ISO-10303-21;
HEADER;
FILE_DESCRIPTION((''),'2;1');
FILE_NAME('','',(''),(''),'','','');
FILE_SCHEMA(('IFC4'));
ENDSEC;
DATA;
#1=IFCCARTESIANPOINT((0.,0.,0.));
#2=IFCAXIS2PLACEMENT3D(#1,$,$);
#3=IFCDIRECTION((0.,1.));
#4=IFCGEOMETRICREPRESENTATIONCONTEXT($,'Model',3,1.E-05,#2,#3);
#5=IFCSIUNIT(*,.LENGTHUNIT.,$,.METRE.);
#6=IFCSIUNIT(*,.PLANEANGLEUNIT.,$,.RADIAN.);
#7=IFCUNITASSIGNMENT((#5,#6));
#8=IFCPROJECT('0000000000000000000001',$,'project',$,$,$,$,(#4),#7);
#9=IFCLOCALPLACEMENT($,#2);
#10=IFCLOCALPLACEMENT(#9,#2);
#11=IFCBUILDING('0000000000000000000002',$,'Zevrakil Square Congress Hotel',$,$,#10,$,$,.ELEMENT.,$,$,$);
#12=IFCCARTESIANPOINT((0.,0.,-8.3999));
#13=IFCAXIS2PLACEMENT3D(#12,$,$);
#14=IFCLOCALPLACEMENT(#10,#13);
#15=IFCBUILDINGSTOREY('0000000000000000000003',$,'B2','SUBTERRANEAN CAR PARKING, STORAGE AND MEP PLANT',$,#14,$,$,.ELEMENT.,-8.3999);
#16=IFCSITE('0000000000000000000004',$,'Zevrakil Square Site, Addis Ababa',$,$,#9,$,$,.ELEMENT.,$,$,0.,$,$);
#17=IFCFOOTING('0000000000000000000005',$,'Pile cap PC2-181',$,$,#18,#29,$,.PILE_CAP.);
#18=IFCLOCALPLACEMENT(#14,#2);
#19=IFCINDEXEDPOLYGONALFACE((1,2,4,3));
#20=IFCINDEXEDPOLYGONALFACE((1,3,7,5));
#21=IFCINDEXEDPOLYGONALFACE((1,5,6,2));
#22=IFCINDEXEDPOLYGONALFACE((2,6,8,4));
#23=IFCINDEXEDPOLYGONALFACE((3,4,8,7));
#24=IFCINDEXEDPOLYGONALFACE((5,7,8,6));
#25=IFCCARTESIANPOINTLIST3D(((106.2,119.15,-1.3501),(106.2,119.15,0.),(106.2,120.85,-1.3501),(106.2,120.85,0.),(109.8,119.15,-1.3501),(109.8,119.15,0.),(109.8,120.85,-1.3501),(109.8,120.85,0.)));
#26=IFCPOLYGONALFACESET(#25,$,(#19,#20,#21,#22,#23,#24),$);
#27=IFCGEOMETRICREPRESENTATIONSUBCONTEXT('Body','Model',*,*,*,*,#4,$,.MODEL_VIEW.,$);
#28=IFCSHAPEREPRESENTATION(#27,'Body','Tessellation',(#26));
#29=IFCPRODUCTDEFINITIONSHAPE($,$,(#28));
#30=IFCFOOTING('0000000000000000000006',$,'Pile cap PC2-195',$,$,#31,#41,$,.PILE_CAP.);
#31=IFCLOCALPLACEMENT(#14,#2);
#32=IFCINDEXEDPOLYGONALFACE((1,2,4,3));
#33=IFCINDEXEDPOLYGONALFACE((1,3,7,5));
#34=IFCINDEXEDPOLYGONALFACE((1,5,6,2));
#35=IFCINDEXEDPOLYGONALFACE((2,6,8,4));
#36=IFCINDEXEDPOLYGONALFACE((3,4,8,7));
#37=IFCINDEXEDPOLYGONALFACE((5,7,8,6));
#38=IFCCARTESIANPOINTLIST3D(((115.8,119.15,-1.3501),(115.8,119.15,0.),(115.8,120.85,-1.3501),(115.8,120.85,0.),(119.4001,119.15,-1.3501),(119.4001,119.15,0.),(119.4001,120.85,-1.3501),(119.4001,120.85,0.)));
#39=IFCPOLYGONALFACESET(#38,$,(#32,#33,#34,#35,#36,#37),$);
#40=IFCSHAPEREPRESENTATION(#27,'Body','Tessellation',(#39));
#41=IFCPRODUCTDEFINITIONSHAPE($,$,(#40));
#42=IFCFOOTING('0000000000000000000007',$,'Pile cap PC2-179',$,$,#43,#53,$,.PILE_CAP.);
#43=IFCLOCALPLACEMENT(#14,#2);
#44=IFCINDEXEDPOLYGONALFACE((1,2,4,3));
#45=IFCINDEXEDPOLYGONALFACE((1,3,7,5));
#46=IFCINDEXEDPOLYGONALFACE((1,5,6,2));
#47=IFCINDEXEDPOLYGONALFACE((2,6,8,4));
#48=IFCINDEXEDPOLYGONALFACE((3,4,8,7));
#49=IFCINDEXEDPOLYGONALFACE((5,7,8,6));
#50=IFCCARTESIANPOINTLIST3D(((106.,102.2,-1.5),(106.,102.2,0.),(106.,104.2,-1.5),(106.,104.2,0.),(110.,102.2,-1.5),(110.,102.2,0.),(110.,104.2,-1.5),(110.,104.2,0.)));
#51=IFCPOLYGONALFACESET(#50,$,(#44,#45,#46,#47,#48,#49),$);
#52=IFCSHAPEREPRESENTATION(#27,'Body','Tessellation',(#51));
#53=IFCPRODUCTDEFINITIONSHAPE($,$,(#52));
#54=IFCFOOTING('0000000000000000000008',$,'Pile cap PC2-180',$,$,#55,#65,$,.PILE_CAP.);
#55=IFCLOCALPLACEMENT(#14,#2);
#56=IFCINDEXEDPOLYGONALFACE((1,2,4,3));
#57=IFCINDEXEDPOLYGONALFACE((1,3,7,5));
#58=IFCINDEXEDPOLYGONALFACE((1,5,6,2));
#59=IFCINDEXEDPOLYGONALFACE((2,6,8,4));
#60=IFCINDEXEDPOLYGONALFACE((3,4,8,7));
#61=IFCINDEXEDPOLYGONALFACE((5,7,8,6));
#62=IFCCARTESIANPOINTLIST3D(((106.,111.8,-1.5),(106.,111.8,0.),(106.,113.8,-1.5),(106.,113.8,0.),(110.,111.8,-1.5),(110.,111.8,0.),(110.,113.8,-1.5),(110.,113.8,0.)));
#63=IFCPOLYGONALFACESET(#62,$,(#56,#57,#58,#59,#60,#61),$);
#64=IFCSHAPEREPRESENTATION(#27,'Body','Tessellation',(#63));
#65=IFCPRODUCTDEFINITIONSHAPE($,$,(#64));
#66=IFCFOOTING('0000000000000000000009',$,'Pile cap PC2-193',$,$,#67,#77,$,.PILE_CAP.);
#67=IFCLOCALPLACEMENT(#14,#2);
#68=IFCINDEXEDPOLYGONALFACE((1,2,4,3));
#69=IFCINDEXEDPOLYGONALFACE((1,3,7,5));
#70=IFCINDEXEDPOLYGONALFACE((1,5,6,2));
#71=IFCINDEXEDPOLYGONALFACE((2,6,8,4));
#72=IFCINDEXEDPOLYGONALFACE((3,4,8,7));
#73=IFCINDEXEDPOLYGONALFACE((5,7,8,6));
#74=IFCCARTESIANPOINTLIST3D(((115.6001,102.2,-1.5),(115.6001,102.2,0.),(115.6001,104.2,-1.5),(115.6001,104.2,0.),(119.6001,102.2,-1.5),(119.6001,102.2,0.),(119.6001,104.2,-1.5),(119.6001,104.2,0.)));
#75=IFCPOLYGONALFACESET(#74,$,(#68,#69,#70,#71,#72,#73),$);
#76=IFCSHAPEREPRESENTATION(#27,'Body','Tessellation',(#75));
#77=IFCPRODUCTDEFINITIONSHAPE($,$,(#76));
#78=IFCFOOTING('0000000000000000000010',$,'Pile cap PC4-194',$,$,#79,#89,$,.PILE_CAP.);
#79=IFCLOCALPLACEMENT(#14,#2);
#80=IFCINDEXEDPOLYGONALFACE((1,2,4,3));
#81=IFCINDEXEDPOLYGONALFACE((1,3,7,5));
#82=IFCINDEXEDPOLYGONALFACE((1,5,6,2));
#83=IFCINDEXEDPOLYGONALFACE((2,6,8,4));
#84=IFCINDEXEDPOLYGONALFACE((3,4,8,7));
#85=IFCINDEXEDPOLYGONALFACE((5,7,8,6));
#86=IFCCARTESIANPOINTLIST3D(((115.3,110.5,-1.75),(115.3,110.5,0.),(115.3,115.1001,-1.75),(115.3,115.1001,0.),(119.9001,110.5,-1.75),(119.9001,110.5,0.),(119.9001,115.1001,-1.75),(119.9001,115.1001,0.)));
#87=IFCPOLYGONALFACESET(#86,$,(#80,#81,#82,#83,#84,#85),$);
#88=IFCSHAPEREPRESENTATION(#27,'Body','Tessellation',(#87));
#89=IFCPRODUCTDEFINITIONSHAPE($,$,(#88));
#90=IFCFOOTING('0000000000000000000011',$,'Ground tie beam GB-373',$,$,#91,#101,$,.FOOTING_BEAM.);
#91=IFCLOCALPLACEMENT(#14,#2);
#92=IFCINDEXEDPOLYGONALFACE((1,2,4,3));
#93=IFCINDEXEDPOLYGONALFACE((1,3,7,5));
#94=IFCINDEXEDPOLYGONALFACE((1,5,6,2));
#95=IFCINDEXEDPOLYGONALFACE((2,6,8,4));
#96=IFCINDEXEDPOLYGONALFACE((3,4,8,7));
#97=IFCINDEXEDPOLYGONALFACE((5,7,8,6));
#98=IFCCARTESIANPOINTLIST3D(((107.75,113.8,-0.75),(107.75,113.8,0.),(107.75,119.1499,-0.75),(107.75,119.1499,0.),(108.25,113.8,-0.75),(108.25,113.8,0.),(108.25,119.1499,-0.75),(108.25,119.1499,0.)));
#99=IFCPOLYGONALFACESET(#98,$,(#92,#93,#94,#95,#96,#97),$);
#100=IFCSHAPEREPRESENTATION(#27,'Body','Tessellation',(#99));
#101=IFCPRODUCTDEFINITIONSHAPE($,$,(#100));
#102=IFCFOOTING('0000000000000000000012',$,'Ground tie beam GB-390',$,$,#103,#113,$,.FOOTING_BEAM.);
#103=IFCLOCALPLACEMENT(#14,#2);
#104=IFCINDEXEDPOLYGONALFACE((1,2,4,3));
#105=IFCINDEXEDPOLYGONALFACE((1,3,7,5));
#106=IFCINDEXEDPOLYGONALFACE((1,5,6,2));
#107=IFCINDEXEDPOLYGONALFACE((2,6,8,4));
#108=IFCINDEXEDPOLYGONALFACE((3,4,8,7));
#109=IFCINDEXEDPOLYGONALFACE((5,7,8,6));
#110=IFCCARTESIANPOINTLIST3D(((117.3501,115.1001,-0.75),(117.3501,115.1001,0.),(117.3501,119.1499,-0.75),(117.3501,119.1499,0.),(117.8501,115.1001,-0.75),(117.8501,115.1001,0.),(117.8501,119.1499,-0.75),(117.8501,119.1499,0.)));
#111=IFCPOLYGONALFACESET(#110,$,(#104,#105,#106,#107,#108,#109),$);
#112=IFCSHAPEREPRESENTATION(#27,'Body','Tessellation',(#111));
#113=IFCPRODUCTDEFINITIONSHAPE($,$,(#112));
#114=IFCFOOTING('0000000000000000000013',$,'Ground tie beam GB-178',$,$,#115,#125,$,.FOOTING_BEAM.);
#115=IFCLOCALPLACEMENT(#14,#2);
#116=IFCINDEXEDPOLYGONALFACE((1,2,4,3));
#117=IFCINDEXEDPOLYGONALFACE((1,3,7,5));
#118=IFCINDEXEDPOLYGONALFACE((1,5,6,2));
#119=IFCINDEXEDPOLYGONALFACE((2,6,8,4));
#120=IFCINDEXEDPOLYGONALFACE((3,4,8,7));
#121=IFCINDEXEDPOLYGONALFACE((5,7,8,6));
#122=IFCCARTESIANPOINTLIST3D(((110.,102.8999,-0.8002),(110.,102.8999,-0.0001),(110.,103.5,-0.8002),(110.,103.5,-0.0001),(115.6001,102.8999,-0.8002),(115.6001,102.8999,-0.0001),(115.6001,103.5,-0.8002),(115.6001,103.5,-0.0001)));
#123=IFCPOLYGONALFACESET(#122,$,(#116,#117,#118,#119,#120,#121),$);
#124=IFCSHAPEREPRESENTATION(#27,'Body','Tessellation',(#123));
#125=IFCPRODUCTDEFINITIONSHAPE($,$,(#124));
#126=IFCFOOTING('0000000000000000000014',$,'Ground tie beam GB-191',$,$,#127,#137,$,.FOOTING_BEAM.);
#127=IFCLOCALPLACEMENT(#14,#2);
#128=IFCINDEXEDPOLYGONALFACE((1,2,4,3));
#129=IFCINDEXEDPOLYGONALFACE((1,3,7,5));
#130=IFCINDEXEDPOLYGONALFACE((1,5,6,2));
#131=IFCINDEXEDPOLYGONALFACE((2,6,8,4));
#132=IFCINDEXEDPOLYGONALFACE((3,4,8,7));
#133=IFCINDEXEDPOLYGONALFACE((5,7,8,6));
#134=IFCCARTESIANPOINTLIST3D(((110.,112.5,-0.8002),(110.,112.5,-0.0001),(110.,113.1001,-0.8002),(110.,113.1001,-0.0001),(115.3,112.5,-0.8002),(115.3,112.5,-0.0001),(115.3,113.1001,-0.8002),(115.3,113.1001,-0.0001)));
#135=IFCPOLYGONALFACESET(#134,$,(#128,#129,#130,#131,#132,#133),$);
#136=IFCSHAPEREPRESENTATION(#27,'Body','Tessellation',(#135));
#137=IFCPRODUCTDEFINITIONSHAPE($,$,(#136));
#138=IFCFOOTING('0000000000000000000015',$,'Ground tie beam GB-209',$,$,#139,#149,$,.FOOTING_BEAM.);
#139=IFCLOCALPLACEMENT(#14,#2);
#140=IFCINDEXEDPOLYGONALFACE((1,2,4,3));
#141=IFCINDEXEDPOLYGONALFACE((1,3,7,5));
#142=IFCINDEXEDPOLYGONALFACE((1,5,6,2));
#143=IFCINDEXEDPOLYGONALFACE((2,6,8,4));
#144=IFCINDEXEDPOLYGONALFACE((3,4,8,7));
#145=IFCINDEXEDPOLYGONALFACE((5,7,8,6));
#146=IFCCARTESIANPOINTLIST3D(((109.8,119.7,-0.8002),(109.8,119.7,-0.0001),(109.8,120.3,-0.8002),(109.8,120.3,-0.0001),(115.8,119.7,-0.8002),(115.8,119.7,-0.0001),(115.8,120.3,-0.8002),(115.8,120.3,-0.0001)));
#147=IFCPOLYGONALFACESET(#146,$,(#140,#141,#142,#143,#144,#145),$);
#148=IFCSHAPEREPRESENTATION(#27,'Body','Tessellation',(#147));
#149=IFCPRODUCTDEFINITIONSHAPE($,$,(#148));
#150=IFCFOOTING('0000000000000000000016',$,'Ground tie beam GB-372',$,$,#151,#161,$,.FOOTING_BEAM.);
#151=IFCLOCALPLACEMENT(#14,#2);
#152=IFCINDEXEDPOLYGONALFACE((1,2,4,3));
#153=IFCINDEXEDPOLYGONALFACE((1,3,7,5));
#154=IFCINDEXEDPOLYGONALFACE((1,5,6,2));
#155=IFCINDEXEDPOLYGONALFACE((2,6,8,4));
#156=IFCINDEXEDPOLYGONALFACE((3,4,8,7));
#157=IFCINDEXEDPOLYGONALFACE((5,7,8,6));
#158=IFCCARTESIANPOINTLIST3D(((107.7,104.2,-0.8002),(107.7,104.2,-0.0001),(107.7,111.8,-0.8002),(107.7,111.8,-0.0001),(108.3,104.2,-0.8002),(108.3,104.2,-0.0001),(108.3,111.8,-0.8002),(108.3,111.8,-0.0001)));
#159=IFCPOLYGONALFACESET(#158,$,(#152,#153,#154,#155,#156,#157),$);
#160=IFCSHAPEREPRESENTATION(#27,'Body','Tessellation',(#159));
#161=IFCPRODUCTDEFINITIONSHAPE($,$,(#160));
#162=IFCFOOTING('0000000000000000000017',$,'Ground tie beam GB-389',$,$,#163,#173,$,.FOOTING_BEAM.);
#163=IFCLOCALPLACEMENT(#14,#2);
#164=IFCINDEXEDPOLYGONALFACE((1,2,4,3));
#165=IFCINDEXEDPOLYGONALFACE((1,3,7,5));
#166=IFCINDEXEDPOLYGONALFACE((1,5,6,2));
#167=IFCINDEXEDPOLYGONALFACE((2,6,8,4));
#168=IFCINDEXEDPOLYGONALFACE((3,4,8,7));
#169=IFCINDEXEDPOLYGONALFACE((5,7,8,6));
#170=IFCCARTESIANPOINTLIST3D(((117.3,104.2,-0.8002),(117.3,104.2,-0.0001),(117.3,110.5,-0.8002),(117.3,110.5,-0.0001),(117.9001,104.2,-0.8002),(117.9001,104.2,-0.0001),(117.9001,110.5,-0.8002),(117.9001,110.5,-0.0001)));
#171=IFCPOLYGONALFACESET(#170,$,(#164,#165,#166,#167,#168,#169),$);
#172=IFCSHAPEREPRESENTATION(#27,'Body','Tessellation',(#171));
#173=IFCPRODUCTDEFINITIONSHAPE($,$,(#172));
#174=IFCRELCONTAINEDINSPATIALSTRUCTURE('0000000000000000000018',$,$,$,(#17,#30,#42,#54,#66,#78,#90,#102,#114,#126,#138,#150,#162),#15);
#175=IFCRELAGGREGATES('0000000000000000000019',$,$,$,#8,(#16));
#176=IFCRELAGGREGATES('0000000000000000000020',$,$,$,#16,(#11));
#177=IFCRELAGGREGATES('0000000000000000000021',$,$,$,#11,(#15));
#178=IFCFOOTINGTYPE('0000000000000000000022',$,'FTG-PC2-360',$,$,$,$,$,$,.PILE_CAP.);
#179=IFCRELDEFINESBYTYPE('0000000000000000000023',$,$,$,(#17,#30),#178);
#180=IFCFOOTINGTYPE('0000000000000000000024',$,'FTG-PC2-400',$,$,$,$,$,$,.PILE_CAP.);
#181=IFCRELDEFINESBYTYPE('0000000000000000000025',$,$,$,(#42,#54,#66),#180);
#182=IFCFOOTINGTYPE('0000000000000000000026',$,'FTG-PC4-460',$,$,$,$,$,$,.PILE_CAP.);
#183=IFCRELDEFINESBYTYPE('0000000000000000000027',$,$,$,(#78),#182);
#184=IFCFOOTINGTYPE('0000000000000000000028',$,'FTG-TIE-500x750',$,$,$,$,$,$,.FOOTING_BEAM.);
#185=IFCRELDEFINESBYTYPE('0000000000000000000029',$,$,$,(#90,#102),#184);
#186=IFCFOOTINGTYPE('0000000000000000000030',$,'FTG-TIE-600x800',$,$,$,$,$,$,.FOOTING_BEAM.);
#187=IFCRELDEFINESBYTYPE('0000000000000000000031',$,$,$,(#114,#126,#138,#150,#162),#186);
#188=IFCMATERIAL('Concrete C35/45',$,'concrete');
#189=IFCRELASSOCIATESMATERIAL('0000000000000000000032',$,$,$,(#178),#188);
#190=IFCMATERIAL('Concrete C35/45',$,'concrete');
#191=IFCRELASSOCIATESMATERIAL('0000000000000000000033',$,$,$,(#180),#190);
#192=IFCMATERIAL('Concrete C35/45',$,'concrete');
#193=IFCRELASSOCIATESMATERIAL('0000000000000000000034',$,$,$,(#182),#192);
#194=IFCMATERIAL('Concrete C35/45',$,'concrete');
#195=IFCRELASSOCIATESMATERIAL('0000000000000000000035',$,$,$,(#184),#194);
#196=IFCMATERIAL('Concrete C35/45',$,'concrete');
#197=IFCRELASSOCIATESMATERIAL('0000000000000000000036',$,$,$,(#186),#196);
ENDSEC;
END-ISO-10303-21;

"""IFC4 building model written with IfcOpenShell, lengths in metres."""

from ifc_helpers import new_model, si_unit, direction, frame, origin, origin_2d, place, context, subcontext, project, spatial, rectangle, extrude, material, material_profile, profile_set, type_object, element, save


model = new_model("IFC4")

# Units and contexts
model_context = context("Model", 3, precision=1e-05, world=origin(), true_north=direction((0.0, 1.0)))
body_context = subcontext(model_context, "Body", "Model", "MODEL_VIEW")
ifc_project = project(units=[si_unit("LENGTHUNIT", "METRE"), si_unit("PLANEANGLEUNIT", "RADIAN")], contexts=[model_context])

# Site, building, storey
site_placement = place(None, origin())
site = spatial("IfcSite", under=ifc_project, at=site_placement, Name="Zevrakil Square Site, Addis Ababa", CompositionType="ELEMENT", RefElevation=0.0)
building_placement = place(site_placement, origin())
building = spatial("IfcBuilding", under=site, at=building_placement, Name="Zevrakil Square Congress Hotel", CompositionType="ELEMENT")
storey_placement = place(building_placement, frame((0.0, 0.0, -8.3999)))
storey = spatial("IfcBuildingStorey", under=building, at=storey_placement, Name="B2", Description="SUBTERRANEAN CAR PARKING, STORAGE AND MEP PLANT", CompositionType="ELEMENT", Elevation=-8.3999)

# Footings
ifc_material_1 = material(Name="Concrete C35/45", Category="concrete")
footing_type_1 = type_object("IfcFootingType", Name="FTG-PC2-360", PredefinedType="PILE_CAP", material=ifc_material_1)
for number, where, z_axis, x_axis, name in (
    (1, (108.0, 120.0, -1.3501), (0.0, 0.0, 1.0), (1.0, 0.0, 0.0), "Pile cap PC2-181"),
    (2, (117.6001, 120.0, -1.3501), (0.0, 0.0, 1.0), (1.0, 0.0, 0.0), "Pile cap PC2-195"),
):
    element("IfcFooting", number, at=place(storey_placement, frame(where, z_axis=z_axis, x_axis=x_axis)), inside=storey, type_object=footing_type_1, Name=name, PredefinedType="PILE_CAP", context=body_context, shape_type="SweptSolid", body=[
        extrude(rectangle(XDim=3.6001, YDim=1.7, at=origin_2d()), origin(), (0.0, 0.0, 1.0), 1.3501),
    ])
ifc_material_2 = material(Name="Concrete C35/45", Category="concrete")
footing_type_2 = type_object("IfcFootingType", Name="FTG-PC2-400", PredefinedType="PILE_CAP", material=ifc_material_2)
for number, where, z_axis, x_axis, name in (
    (3, (108.0, 103.2, -1.5), (0.0, 0.0, 1.0), (1.0, 0.0, 0.0), "Pile cap PC2-179"),
    (4, (108.0, 112.8, -1.5), (0.0, 0.0, 1.0), (1.0, 0.0, 0.0), "Pile cap PC2-180"),
    (5, (117.6001, 103.2, -1.5), (0.0, 0.0, 1.0), (1.0, 0.0, 0.0), "Pile cap PC2-193"),
):
    element("IfcFooting", number, at=place(storey_placement, frame(where, z_axis=z_axis, x_axis=x_axis)), inside=storey, type_object=footing_type_2, Name=name, PredefinedType="PILE_CAP", context=body_context, shape_type="SweptSolid", body=[
        extrude(rectangle(XDim=4.0, YDim=2.0, at=origin_2d()), origin(), (0.0, 0.0, 1.0), 1.5),
    ])
ifc_material_3 = material(Name="Concrete C35/45", Category="concrete")
footing_type_3 = type_object("IfcFootingType", Name="FTG-PC4-460", PredefinedType="PILE_CAP", material=ifc_material_3)
footing_1_placement = place(storey_placement, frame((117.6001, 112.8, -1.75), z_axis=(0.0, 0.0, 1.0), x_axis=(1.0, 0.0, 0.0)))
element("IfcFooting", 6, at=footing_1_placement, inside=storey, type_object=footing_type_3, Name="Pile cap PC4-194", PredefinedType="PILE_CAP", context=body_context, shape_type="SweptSolid", body=[
    extrude(rectangle(XDim=4.6001, YDim=4.6001, at=origin_2d()), origin(), (0.0, 0.0, 1.0), 1.75),
])
ifc_material_4 = material(Name="Concrete C35/45", Category="concrete")
ifc_material_profile_1 = material_profile(ifc_material_4, rectangle(XDim=0.5, YDim=0.75, at=origin_2d()), Name="RC 500x750")
ifc_profile_set_1 = profile_set([ifc_material_profile_1], Name="Concrete C35/45")
footing_type_4 = type_object("IfcFootingType", Name="FTG-TIE-500x750", PredefinedType="FOOTING_BEAM", material=ifc_profile_set_1)
footing_2_placement = place(storey_placement, frame((108.0, 113.8, -0.375), z_axis=(0.0, 1.0, 0.0), x_axis=(-1.0, 0.0, 0.0)))
element("IfcFooting", 7, at=footing_2_placement, inside=storey, type_object=footing_type_4, Name="Ground tie beam GB-373", PredefinedType="FOOTING_BEAM", context=body_context, shape_type="SweptSolid", body=[
    extrude(rectangle(XDim=0.5, YDim=0.75, at=origin_2d()), origin(), (0.0, 0.0, 1.0), 5.3499),
])
footing_3_placement = place(storey_placement, frame((117.6001, 115.1001, -0.375), z_axis=(0.0, 1.0, 0.0), x_axis=(-1.0, 0.0, 0.0)))
element("IfcFooting", 8, at=footing_3_placement, inside=storey, type_object=footing_type_4, Name="Ground tie beam GB-390", PredefinedType="FOOTING_BEAM", context=body_context, shape_type="SweptSolid", body=[
    extrude(rectangle(XDim=0.5, YDim=0.75, at=origin_2d()), origin(), (0.0, 0.0, 1.0), 4.0498),
])
ifc_material_5 = material(Name="Concrete C35/45", Category="concrete")
ifc_material_profile_2 = material_profile(ifc_material_5, rectangle(XDim=0.6001, YDim=0.8, at=origin_2d()), Name="RC 600x800")
ifc_profile_set_2 = profile_set([ifc_material_profile_2], Name="Concrete C35/45")
footing_type_5 = type_object("IfcFootingType", Name="FTG-TIE-600x800", PredefinedType="FOOTING_BEAM", material=ifc_profile_set_2)
footing_4_placement = place(storey_placement, frame((110.0, 103.2, -0.4001), z_axis=(1.0, 0.0, 0.0), x_axis=(0.0, 1.0, 0.0)))
element("IfcFooting", 9, at=footing_4_placement, inside=storey, type_object=footing_type_5, Name="Ground tie beam GB-178", PredefinedType="FOOTING_BEAM", context=body_context, shape_type="SweptSolid", body=[
    extrude(rectangle(XDim=0.6001, YDim=0.8, at=origin_2d()), origin(), (0.0, 0.0, 1.0), 5.6001),
])
footing_5_placement = place(storey_placement, frame((110.0, 112.8, -0.4001), z_axis=(1.0, 0.0, 0.0), x_axis=(0.0, 1.0, 0.0)))
element("IfcFooting", 10, at=footing_5_placement, inside=storey, type_object=footing_type_5, Name="Ground tie beam GB-191", PredefinedType="FOOTING_BEAM", context=body_context, shape_type="SweptSolid", body=[
    extrude(rectangle(XDim=0.6001, YDim=0.8, at=origin_2d()), origin(), (0.0, 0.0, 1.0), 5.3),
])
footing_6_placement = place(storey_placement, frame((109.8, 120.0, -0.4001), z_axis=(1.0, 0.0, 0.0), x_axis=(0.0, 1.0, 0.0)))
element("IfcFooting", 11, at=footing_6_placement, inside=storey, type_object=footing_type_5, Name="Ground tie beam GB-209", PredefinedType="FOOTING_BEAM", context=body_context, shape_type="SweptSolid", body=[
    extrude(rectangle(XDim=0.6001, YDim=0.8, at=origin_2d()), origin(), (0.0, 0.0, 1.0), 6.0),
])
footing_7_placement = place(storey_placement, frame((108.0, 104.2, -0.4001), z_axis=(0.0, 1.0, 0.0), x_axis=(-1.0, 0.0, 0.0)))
element("IfcFooting", 12, at=footing_7_placement, inside=storey, type_object=footing_type_5, Name="Ground tie beam GB-372", PredefinedType="FOOTING_BEAM", context=body_context, shape_type="SweptSolid", body=[
    extrude(rectangle(XDim=0.6001, YDim=0.8, at=origin_2d()), origin(), (0.0, 0.0, 1.0), 7.6001),
])
footing_8_placement = place(storey_placement, frame((117.6001, 104.2, -0.4001), z_axis=(0.0, 1.0, 0.0), x_axis=(-1.0, 0.0, 0.0)))
element("IfcFooting", 13, at=footing_8_placement, inside=storey, type_object=footing_type_5, Name="Ground tie beam GB-389", PredefinedType="FOOTING_BEAM", context=body_context, shape_type="SweptSolid", body=[
    extrude(rectangle(XDim=0.6001, YDim=0.8, at=origin_2d()), origin(), (0.0, 0.0, 1.0), 6.3),
])

save(model, "model.ifc")
